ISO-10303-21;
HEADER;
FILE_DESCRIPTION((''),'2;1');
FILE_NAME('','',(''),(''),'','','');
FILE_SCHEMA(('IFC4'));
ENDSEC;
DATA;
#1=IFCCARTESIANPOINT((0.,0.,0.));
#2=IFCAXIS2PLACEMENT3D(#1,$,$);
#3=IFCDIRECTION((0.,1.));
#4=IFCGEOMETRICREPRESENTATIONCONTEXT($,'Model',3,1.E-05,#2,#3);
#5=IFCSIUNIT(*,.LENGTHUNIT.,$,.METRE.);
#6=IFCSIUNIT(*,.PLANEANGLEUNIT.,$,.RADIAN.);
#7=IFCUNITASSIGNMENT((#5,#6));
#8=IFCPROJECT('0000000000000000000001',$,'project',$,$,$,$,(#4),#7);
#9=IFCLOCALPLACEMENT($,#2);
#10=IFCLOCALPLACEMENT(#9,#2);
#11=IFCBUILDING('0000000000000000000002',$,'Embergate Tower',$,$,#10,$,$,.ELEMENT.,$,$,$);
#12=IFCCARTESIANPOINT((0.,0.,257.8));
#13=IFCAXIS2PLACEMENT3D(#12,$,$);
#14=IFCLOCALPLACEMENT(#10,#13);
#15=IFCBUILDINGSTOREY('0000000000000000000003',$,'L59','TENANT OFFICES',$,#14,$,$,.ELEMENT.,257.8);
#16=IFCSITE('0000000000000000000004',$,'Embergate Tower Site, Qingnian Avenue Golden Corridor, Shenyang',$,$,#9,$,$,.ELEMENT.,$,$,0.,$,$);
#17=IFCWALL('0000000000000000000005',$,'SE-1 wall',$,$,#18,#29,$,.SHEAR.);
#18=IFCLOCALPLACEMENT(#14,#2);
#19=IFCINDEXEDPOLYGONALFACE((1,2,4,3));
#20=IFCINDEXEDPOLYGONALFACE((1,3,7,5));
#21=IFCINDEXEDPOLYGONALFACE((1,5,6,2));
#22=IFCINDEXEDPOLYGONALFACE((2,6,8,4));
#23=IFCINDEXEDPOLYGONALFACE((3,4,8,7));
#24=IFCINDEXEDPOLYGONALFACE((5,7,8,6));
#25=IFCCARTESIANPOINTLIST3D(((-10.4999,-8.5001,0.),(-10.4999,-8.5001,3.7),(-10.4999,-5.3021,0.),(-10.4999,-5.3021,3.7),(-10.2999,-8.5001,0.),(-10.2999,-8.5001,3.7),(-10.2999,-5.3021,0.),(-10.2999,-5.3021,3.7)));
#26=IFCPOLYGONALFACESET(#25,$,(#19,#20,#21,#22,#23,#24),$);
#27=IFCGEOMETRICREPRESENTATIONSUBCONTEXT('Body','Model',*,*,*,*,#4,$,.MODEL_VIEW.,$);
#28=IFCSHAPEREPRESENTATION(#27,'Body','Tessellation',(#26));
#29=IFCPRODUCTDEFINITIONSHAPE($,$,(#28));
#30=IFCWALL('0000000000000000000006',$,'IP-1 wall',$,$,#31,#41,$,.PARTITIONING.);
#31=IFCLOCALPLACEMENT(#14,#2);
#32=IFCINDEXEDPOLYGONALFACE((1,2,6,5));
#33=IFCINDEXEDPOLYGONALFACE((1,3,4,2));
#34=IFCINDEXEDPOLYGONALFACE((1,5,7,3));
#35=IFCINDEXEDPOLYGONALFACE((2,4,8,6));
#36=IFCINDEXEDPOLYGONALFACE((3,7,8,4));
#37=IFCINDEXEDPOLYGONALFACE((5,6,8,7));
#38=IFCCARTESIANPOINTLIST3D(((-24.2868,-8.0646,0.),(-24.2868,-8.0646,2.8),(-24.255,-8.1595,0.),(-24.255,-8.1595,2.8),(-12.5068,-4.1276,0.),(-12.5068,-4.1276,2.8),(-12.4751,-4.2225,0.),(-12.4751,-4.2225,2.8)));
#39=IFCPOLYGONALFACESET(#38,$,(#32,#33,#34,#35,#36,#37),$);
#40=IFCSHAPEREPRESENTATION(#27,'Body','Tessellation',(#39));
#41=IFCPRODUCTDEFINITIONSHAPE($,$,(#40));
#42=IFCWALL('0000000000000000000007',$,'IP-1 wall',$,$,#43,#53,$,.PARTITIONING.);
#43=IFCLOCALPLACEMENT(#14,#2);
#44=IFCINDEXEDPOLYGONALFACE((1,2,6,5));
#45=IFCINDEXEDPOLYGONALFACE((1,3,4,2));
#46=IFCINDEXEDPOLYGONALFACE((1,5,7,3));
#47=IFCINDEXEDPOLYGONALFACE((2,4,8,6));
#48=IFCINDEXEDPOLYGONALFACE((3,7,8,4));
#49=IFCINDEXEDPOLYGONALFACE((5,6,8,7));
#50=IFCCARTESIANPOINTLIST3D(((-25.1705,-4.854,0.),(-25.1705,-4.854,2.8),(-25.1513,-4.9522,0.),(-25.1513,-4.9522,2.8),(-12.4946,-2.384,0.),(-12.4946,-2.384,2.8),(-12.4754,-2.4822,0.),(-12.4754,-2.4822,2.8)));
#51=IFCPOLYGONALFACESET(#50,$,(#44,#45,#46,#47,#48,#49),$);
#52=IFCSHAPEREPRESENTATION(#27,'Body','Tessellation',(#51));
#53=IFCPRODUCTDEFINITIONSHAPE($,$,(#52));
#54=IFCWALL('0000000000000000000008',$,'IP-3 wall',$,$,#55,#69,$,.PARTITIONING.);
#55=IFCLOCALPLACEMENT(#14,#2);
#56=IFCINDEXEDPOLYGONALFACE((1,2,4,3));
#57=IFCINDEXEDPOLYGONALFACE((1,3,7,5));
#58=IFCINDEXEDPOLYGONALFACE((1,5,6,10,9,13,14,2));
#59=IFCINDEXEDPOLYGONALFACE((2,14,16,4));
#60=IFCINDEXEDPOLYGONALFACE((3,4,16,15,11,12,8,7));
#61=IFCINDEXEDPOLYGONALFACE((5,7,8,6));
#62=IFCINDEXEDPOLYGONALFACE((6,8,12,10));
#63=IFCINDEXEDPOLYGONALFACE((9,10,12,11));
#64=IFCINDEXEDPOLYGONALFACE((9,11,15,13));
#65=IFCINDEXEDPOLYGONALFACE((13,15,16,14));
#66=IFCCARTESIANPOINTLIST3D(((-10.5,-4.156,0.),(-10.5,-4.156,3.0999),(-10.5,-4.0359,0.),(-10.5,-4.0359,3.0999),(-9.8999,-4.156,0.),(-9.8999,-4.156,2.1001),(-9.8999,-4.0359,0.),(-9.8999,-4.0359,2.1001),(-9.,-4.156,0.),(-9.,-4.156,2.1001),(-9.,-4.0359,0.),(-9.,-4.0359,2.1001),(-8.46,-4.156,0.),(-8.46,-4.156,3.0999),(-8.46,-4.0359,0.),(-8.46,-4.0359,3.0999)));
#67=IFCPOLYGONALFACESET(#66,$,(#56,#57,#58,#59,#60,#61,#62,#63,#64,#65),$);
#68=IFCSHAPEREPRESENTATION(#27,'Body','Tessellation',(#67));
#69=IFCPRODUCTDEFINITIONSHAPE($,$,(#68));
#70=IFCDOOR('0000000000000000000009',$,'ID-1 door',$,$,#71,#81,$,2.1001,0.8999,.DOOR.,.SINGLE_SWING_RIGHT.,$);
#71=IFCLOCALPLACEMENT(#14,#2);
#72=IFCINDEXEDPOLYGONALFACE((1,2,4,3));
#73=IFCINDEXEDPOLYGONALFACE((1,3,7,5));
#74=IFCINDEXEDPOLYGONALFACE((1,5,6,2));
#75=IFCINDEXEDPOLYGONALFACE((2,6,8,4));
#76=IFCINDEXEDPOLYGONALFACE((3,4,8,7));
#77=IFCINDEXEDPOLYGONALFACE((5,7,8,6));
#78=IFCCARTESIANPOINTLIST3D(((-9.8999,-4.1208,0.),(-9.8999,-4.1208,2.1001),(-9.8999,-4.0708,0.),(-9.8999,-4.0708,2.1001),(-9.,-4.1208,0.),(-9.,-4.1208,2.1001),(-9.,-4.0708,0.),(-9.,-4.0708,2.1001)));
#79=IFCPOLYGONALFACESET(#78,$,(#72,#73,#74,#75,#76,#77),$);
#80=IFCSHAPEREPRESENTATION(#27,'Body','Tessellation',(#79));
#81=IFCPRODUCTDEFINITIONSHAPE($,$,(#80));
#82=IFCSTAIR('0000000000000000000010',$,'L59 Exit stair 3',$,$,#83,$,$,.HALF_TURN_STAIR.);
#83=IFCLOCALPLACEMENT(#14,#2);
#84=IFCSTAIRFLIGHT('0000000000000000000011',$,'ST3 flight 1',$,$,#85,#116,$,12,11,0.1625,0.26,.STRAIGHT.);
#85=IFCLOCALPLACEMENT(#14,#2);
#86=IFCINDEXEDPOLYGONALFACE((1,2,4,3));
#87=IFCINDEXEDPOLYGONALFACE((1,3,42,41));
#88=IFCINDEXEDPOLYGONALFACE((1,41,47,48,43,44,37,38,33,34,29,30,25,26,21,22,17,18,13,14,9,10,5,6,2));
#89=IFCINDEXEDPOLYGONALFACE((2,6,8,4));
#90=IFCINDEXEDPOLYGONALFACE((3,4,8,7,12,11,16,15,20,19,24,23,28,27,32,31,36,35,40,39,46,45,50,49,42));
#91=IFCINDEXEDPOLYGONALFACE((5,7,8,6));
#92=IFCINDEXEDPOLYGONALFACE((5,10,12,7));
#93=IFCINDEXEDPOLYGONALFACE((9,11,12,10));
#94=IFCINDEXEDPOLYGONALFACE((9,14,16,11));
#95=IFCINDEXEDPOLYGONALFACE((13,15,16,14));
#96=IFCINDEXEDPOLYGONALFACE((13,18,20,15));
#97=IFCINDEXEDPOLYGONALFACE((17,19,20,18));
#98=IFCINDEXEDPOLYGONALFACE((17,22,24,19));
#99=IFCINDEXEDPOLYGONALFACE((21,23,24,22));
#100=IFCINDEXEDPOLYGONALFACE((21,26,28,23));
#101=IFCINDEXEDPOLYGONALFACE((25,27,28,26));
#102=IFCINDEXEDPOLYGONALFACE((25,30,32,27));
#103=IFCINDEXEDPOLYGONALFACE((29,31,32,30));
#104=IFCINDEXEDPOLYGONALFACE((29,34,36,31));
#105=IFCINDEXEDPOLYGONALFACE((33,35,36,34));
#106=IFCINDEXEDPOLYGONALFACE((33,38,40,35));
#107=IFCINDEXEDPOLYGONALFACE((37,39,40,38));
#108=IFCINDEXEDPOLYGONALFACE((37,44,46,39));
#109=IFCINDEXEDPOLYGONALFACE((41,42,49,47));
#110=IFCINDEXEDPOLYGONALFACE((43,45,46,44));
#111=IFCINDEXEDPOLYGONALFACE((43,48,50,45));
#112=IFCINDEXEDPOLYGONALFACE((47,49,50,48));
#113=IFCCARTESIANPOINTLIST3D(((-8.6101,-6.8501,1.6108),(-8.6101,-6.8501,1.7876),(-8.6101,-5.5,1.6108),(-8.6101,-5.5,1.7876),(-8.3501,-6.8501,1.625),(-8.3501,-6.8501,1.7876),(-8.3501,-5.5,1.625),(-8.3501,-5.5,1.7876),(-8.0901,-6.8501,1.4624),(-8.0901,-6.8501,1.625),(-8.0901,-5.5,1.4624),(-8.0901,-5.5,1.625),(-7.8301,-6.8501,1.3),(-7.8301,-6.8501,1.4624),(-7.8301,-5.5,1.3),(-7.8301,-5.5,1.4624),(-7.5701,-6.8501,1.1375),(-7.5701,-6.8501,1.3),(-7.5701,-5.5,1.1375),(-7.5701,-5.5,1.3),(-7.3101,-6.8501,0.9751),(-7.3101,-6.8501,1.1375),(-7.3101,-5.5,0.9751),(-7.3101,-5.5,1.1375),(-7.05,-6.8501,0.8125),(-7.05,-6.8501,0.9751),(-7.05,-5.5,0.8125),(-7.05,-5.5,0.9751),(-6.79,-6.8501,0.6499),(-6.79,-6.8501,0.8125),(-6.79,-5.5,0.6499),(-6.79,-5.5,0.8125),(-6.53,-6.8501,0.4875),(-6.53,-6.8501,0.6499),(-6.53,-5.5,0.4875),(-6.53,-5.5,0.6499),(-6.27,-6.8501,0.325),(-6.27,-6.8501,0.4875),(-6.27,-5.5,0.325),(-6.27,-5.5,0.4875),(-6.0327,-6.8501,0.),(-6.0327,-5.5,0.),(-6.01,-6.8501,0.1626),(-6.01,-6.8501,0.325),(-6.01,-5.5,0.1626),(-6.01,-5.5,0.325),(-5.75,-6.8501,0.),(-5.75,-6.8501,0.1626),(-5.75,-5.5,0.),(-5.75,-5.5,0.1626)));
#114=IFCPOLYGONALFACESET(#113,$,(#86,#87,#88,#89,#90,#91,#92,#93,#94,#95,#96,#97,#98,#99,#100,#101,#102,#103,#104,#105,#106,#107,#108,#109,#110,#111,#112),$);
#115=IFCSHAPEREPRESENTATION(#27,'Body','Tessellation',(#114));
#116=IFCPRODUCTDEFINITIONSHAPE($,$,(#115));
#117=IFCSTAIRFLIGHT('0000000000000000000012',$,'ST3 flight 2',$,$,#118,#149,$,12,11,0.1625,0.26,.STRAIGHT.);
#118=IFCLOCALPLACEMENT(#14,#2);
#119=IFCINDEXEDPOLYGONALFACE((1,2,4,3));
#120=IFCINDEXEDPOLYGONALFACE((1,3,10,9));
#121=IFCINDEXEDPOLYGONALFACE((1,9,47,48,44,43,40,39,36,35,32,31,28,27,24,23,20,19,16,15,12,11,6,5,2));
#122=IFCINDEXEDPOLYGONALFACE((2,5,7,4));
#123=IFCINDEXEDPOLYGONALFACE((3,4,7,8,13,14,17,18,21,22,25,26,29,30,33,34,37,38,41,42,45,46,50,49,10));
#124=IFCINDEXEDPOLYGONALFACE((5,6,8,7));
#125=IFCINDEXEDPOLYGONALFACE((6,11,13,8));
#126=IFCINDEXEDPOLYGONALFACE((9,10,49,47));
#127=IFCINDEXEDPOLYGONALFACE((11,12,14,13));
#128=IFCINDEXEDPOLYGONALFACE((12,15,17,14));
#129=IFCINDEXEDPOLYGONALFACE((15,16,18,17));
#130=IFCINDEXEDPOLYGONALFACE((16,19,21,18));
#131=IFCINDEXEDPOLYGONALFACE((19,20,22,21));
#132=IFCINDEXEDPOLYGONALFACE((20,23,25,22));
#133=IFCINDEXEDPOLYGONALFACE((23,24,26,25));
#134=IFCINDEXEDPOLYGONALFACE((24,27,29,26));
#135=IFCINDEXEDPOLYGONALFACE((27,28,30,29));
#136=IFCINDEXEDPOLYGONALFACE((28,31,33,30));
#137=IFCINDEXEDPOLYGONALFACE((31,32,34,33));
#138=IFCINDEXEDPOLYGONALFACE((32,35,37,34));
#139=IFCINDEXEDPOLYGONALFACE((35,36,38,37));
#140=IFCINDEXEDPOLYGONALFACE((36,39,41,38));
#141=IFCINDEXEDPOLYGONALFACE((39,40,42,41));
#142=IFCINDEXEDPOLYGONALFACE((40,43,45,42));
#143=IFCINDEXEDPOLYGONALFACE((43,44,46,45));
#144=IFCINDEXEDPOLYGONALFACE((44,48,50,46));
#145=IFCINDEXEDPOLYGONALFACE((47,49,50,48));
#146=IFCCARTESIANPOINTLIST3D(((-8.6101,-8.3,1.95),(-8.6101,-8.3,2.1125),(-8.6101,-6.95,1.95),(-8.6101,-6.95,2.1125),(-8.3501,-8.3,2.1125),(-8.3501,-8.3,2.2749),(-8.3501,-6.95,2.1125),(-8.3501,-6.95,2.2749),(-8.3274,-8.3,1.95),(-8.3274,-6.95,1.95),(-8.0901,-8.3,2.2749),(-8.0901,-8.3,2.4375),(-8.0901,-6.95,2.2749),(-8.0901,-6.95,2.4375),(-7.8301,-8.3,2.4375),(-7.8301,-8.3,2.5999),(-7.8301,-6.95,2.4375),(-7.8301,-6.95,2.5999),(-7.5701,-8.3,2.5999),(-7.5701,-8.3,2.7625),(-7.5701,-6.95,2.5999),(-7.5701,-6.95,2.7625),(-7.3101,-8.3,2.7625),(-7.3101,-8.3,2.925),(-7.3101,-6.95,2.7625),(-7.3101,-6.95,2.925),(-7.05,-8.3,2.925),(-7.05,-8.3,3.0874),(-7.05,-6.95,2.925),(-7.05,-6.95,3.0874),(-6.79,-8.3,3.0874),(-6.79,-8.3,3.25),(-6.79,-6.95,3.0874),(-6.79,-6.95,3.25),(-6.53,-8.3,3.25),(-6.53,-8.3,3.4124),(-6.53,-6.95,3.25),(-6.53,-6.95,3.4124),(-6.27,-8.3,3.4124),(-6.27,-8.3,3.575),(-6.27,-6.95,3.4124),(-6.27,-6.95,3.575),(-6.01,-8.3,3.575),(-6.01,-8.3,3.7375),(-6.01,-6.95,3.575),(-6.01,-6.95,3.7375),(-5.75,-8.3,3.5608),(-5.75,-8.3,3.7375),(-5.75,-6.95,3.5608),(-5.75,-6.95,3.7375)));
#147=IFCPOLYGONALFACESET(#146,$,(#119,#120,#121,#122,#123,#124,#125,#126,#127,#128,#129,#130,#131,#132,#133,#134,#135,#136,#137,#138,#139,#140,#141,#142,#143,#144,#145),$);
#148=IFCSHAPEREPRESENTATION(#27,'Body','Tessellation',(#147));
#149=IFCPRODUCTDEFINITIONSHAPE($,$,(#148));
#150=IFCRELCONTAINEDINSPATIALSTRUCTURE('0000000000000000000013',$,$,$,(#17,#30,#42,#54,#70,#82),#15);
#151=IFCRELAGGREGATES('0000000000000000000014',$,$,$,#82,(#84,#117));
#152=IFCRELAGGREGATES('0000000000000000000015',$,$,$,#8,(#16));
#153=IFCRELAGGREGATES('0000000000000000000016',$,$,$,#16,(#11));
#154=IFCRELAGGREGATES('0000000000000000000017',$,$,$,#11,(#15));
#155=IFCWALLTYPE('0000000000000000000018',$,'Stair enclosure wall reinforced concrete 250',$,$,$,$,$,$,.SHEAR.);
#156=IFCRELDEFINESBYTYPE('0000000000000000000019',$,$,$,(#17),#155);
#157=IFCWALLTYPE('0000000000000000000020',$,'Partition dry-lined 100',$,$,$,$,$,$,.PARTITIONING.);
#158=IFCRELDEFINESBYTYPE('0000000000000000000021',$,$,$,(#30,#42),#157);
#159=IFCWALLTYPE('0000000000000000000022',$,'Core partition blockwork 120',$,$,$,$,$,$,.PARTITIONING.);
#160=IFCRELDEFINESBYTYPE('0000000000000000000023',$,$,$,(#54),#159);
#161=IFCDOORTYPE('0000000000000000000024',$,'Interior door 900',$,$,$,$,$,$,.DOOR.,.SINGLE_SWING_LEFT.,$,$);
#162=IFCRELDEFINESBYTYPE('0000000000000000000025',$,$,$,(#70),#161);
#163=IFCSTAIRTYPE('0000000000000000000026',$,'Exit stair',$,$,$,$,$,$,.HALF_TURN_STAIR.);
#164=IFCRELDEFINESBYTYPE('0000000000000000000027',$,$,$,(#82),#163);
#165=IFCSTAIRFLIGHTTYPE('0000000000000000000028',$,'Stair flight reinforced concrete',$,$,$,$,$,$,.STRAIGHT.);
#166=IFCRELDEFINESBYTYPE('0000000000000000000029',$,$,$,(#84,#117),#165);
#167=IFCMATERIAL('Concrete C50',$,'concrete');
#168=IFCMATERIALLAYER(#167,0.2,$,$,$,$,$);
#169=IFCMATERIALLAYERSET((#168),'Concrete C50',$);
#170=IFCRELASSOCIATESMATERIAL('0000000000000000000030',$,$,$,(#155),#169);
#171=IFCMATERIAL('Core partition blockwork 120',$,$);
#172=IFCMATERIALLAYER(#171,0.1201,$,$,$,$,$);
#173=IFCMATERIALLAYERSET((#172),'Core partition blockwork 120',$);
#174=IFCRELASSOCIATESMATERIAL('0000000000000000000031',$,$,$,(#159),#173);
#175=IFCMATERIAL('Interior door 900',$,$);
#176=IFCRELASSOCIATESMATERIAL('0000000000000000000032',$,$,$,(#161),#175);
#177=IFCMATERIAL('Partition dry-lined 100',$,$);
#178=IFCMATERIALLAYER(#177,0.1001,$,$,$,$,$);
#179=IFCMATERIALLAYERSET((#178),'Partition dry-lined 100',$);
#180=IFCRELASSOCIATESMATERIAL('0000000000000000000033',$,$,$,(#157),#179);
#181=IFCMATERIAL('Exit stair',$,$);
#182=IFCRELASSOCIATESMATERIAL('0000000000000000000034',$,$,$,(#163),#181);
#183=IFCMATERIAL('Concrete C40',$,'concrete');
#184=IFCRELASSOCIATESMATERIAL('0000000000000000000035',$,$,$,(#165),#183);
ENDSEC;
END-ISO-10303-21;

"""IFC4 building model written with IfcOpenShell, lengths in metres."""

from ifc_helpers import new_model, si_unit, direction, frame, frame_2d, origin, place, context, subcontext, project, spatial, polyline, rectangle, outline, extrude, source, transform, mapped, material, layer, layer_set, type_object, element, fill, aggregate, save


model = new_model("IFC4")

# Units and contexts
model_context = context("Model", 3, precision=1e-05, world=origin(), true_north=direction((0.0, 1.0)))
body_context = subcontext(model_context, "Body", "Model", "MODEL_VIEW")
ifc_project = project(units=[si_unit("LENGTHUNIT", "METRE"), si_unit("PLANEANGLEUNIT", "RADIAN")], contexts=[model_context])

# Site, building, storey
site_placement = place(None, origin())
site = spatial("IfcSite", under=ifc_project, at=site_placement, Name="Embergate Tower Site, Qingnian Avenue Golden Corridor, Shenyang", CompositionType="ELEMENT", RefElevation=0.0)
building_placement = place(site_placement, origin())
building = spatial("IfcBuilding", under=site, at=building_placement, Name="Embergate Tower", CompositionType="ELEMENT")
storey_placement = place(building_placement, frame((0.0, 0.0, 257.8)))
storey = spatial("IfcBuildingStorey", under=building, at=storey_placement, Name="L59", Description="TENANT OFFICES", CompositionType="ELEMENT", Elevation=257.8)

# Shared definitions
ifc_material_1 = material(Name="Concrete C50", Category="concrete")
ifc_layer_1 = layer(ifc_material_1, 0.2)
ifc_layer_set_1 = layer_set([ifc_layer_1], Name="Concrete C50")
wall_type_1 = type_object("IfcWallType", Name="Stair enclosure wall reinforced concrete 250", PredefinedType="SHEAR", material=ifc_layer_set_1)

# Shared definitions
ifc_material_2 = material(Name="Core partition blockwork 120")
ifc_layer_2 = layer(ifc_material_2, 0.1201)
ifc_layer_set_2 = layer_set([ifc_layer_2], Name="Core partition blockwork 120")
wall_type_2 = type_object("IfcWallType", Name="Core partition blockwork 120", PredefinedType="PARTITIONING", material=ifc_layer_set_2)
shared_shape_1 = source(origin(), body_context, "Body", "SweptSolid", [
    extrude(rectangle(XDim=0.8999, YDim=2.1001, at=frame_2d((0.45, 1.05))), frame((0.0, 0.0701, 0.0), z_axis=(0.0, -1.0, 0.0), x_axis=(1.0, 0.0, 0.0)), (0.0, 0.0, 1.0), 0.1401),
])
ifc_material_3 = material(Name="Interior door 900")
door_type_1 = type_object("IfcDoorType", Name="Interior door 900", OperationType="SINGLE_SWING_LEFT", PredefinedType="DOOR", material=ifc_material_3)
shared_shape_2 = source(origin(), body_context, "Body", "SweptSolid", [
    extrude(rectangle(XDim=0.8999, YDim=2.1001, at=frame_2d((0.45, 1.05))), frame((0.0, 0.0249, 0.0), z_axis=(0.0, -1.0, 0.0), x_axis=(1.0, 0.0, 0.0)), (0.0, 0.0, 1.0), 0.05),
])

# Walls
shared_shape_3 = source(origin(), body_context, "Body", "SweptSolid", [
    extrude(rectangle(XDim=3.198, YDim=0.2, at=frame_2d((1.5991, 0.0))), origin(), (0.0, 0.0, 1.0), 3.7),
])
wall_1_placement = place(storey_placement, frame((-10.3999, -5.302, 0.0), z_axis=(0.0, 0.0, 1.0), x_axis=(0.0, -1.0, 0.0)))
element("IfcWall", 1, at=wall_1_placement, inside=storey, type_object=wall_type_1, Name="SE-1 wall", PredefinedType="SHEAR", context=body_context, shape_type="MappedRepresentation", body=[
    mapped(shared_shape_3, transform((0.0, 0.0, 0.0))),
])
ifc_material_4 = material(Name="Partition dry-lined 100")
ifc_layer_3 = layer(ifc_material_4, 0.1001)
ifc_layer_set_3 = layer_set([ifc_layer_3], Name="Partition dry-lined 100")
wall_type_3 = type_object("IfcWallType", Name="Partition dry-lined 100", PredefinedType="PARTITIONING", material=ifc_layer_set_3)
shared_shape_4 = source(origin(), body_context, "Body", "SweptSolid", [
    extrude(rectangle(XDim=12.4204, YDim=0.1001, at=frame_2d((6.2102, 0.0))), origin(), (0.0, 0.0, 1.0), 2.8),
])
wall_2_placement = place(storey_placement, frame((-12.491, -4.175, 0.0), z_axis=(0.0, 0.0, 1.0), x_axis=(-0.948433, -0.316977, 0.0)))
element("IfcWall", 2, at=wall_2_placement, inside=storey, type_object=wall_type_3, Name="IP-1 wall", PredefinedType="PARTITIONING", context=body_context, shape_type="MappedRepresentation", body=[
    mapped(shared_shape_4, transform((0.0, 0.0, 0.0))),
])
shared_shape_5 = source(origin(), body_context, "Body", "SweptSolid", [
    extrude(rectangle(XDim=12.9143, YDim=0.1001, at=frame_2d((6.457, 0.0))), origin(), (0.0, 0.0, 1.0), 2.8),
])
wall_3_placement = place(storey_placement, frame((-12.4851, -2.4331, 0.0), z_axis=(0.0, 0.0, 1.0), x_axis=(-0.981539, -0.19126, 0.0)))
element("IfcWall", 3, at=wall_3_placement, inside=storey, type_object=wall_type_3, Name="IP-1 wall", PredefinedType="PARTITIONING", context=body_context, shape_type="MappedRepresentation", body=[
    mapped(shared_shape_5, transform((0.0, 0.0, 0.0))),
])

# Wall, opening, door
shared_shape_6 = source(origin(), body_context, "Body", "SweptSolid", [
    extrude(rectangle(XDim=2.04, YDim=0.1201, at=frame_2d((1.02, 0.0))), origin(), (0.0, 0.0, 1.0), 3.0999),
])
wall_4_placement = place(storey_placement, frame((-8.46, -4.0959, 0.0), z_axis=(0.0, 0.0, 1.0), x_axis=(-1.0, 0.0, 0.0)))
wall_4 = element("IfcWall", 4, at=wall_4_placement, inside=storey, type_object=wall_type_2, Name="IP-3 wall", PredefinedType="PARTITIONING", context=body_context, shape_type="MappedRepresentation", body=[
    mapped(shared_shape_6, transform((0.0, 0.0, 0.0))),
])
opening_1_placement = place(wall_4_placement, frame((0.54, 0.0, 0.0)))
opening_1 = element("IfcOpeningElement", 5, at=opening_1_placement, cuts=wall_4, PredefinedType="OPENING", context=body_context, shape_type="MappedRepresentation", body=[
    mapped(shared_shape_1, transform((0.0, 0.0, 0.0))),
])
door_1_placement = place(opening_1_placement, origin())
door_1 = element("IfcDoor", 6, at=door_1_placement, inside=storey, type_object=door_type_1, Name="ID-1 door", OperationType="SINGLE_SWING_RIGHT", OverallHeight=2.1001, OverallWidth=0.8999, PredefinedType="DOOR", context=body_context, shape_type="MappedRepresentation", body=[
    mapped(shared_shape_2, transform((0.0, 0.0, 0.0))),
])
fill(opening_1, door_1)

# Stair, stair flights
ifc_material_5 = material(Name="Exit stair")
stair_type = type_object("IfcStairType", Name="Exit stair", PredefinedType="HALF_TURN_STAIR", material=ifc_material_5)
stair_placement = place(storey_placement, origin())
stair = element("IfcStair", 7, at=stair_placement, inside=storey, type_object=stair_type, Name="L59 Exit stair 3", PredefinedType="HALF_TURN_STAIR")
ifc_material_6 = material(Name="Concrete C40", Category="concrete")
stair_flight_type = type_object("IfcStairFlightType", Name="Stair flight reinforced concrete", PredefinedType="STRAIGHT", material=ifc_material_6)
shared_shape_7 = source(origin(), body_context, "Body", "SweptSolid", [
    extrude(outline(polyline([(0.0, 0.0), (0.0, 0.1626), (0.26, 0.1626), (0.26, 0.325), (0.52, 0.325), (0.52, 0.4875), (0.78, 0.4875), (0.78, 0.6499), (1.04, 0.6499), (1.04, 0.8125), (1.3, 0.8125), (1.3, 0.9751), (1.5601, 0.9751), (1.5601, 1.1375), (1.8201, 1.1375), (1.8201, 1.3), (2.0801, 1.3), (2.0801, 1.4624), (2.3401, 1.4624), (2.3401, 1.625), (2.6001, 1.625), (2.6001, 1.7876), (2.8601, 1.7876), (2.8601, 1.95), (2.8601, 1.6108), (0.2827, 0.0), (0.0, 0.0)])), frame((0.0, 0.675, 0.0), z_axis=(0.0, -1.0, 0.0), x_axis=(1.0, 0.0, 0.0)), (0.0, 0.0, 1.0), 1.3501),
])
stair_flight_1_placement = place(storey_placement, frame((-5.75, -6.175, 0.0), z_axis=(0.0, 0.0, 1.0), x_axis=(-1.0, 0.0, 0.0)))
stair_flight_1 = element("IfcStairFlight", 8, at=stair_flight_1_placement, type_object=stair_flight_type, Name="ST3 flight 1", NumberOfRisers=12, NumberOfTreads=11, PredefinedType="STRAIGHT", RiserHeight=0.1625, TreadLength=0.26, context=body_context, shape_type="MappedRepresentation", body=[
    mapped(shared_shape_7, transform((0.0, 0.0, 0.0))),
])
stair_flight_2_placement = place(storey_placement, frame((-8.6101, -7.625, 1.95), z_axis=(0.0, 0.0, 1.0), x_axis=(1.0, 0.0, 0.0)))
stair_flight_2 = element("IfcStairFlight", 9, at=stair_flight_2_placement, type_object=stair_flight_type, Name="ST3 flight 2", NumberOfRisers=12, NumberOfTreads=11, PredefinedType="STRAIGHT", RiserHeight=0.1625, TreadLength=0.26, context=body_context, shape_type="MappedRepresentation", body=[
    mapped(shared_shape_7, transform((0.0, 0.0, 0.0))),
])
aggregate(stair, [stair_flight_1, stair_flight_2])

save(model, "model.ifc")
